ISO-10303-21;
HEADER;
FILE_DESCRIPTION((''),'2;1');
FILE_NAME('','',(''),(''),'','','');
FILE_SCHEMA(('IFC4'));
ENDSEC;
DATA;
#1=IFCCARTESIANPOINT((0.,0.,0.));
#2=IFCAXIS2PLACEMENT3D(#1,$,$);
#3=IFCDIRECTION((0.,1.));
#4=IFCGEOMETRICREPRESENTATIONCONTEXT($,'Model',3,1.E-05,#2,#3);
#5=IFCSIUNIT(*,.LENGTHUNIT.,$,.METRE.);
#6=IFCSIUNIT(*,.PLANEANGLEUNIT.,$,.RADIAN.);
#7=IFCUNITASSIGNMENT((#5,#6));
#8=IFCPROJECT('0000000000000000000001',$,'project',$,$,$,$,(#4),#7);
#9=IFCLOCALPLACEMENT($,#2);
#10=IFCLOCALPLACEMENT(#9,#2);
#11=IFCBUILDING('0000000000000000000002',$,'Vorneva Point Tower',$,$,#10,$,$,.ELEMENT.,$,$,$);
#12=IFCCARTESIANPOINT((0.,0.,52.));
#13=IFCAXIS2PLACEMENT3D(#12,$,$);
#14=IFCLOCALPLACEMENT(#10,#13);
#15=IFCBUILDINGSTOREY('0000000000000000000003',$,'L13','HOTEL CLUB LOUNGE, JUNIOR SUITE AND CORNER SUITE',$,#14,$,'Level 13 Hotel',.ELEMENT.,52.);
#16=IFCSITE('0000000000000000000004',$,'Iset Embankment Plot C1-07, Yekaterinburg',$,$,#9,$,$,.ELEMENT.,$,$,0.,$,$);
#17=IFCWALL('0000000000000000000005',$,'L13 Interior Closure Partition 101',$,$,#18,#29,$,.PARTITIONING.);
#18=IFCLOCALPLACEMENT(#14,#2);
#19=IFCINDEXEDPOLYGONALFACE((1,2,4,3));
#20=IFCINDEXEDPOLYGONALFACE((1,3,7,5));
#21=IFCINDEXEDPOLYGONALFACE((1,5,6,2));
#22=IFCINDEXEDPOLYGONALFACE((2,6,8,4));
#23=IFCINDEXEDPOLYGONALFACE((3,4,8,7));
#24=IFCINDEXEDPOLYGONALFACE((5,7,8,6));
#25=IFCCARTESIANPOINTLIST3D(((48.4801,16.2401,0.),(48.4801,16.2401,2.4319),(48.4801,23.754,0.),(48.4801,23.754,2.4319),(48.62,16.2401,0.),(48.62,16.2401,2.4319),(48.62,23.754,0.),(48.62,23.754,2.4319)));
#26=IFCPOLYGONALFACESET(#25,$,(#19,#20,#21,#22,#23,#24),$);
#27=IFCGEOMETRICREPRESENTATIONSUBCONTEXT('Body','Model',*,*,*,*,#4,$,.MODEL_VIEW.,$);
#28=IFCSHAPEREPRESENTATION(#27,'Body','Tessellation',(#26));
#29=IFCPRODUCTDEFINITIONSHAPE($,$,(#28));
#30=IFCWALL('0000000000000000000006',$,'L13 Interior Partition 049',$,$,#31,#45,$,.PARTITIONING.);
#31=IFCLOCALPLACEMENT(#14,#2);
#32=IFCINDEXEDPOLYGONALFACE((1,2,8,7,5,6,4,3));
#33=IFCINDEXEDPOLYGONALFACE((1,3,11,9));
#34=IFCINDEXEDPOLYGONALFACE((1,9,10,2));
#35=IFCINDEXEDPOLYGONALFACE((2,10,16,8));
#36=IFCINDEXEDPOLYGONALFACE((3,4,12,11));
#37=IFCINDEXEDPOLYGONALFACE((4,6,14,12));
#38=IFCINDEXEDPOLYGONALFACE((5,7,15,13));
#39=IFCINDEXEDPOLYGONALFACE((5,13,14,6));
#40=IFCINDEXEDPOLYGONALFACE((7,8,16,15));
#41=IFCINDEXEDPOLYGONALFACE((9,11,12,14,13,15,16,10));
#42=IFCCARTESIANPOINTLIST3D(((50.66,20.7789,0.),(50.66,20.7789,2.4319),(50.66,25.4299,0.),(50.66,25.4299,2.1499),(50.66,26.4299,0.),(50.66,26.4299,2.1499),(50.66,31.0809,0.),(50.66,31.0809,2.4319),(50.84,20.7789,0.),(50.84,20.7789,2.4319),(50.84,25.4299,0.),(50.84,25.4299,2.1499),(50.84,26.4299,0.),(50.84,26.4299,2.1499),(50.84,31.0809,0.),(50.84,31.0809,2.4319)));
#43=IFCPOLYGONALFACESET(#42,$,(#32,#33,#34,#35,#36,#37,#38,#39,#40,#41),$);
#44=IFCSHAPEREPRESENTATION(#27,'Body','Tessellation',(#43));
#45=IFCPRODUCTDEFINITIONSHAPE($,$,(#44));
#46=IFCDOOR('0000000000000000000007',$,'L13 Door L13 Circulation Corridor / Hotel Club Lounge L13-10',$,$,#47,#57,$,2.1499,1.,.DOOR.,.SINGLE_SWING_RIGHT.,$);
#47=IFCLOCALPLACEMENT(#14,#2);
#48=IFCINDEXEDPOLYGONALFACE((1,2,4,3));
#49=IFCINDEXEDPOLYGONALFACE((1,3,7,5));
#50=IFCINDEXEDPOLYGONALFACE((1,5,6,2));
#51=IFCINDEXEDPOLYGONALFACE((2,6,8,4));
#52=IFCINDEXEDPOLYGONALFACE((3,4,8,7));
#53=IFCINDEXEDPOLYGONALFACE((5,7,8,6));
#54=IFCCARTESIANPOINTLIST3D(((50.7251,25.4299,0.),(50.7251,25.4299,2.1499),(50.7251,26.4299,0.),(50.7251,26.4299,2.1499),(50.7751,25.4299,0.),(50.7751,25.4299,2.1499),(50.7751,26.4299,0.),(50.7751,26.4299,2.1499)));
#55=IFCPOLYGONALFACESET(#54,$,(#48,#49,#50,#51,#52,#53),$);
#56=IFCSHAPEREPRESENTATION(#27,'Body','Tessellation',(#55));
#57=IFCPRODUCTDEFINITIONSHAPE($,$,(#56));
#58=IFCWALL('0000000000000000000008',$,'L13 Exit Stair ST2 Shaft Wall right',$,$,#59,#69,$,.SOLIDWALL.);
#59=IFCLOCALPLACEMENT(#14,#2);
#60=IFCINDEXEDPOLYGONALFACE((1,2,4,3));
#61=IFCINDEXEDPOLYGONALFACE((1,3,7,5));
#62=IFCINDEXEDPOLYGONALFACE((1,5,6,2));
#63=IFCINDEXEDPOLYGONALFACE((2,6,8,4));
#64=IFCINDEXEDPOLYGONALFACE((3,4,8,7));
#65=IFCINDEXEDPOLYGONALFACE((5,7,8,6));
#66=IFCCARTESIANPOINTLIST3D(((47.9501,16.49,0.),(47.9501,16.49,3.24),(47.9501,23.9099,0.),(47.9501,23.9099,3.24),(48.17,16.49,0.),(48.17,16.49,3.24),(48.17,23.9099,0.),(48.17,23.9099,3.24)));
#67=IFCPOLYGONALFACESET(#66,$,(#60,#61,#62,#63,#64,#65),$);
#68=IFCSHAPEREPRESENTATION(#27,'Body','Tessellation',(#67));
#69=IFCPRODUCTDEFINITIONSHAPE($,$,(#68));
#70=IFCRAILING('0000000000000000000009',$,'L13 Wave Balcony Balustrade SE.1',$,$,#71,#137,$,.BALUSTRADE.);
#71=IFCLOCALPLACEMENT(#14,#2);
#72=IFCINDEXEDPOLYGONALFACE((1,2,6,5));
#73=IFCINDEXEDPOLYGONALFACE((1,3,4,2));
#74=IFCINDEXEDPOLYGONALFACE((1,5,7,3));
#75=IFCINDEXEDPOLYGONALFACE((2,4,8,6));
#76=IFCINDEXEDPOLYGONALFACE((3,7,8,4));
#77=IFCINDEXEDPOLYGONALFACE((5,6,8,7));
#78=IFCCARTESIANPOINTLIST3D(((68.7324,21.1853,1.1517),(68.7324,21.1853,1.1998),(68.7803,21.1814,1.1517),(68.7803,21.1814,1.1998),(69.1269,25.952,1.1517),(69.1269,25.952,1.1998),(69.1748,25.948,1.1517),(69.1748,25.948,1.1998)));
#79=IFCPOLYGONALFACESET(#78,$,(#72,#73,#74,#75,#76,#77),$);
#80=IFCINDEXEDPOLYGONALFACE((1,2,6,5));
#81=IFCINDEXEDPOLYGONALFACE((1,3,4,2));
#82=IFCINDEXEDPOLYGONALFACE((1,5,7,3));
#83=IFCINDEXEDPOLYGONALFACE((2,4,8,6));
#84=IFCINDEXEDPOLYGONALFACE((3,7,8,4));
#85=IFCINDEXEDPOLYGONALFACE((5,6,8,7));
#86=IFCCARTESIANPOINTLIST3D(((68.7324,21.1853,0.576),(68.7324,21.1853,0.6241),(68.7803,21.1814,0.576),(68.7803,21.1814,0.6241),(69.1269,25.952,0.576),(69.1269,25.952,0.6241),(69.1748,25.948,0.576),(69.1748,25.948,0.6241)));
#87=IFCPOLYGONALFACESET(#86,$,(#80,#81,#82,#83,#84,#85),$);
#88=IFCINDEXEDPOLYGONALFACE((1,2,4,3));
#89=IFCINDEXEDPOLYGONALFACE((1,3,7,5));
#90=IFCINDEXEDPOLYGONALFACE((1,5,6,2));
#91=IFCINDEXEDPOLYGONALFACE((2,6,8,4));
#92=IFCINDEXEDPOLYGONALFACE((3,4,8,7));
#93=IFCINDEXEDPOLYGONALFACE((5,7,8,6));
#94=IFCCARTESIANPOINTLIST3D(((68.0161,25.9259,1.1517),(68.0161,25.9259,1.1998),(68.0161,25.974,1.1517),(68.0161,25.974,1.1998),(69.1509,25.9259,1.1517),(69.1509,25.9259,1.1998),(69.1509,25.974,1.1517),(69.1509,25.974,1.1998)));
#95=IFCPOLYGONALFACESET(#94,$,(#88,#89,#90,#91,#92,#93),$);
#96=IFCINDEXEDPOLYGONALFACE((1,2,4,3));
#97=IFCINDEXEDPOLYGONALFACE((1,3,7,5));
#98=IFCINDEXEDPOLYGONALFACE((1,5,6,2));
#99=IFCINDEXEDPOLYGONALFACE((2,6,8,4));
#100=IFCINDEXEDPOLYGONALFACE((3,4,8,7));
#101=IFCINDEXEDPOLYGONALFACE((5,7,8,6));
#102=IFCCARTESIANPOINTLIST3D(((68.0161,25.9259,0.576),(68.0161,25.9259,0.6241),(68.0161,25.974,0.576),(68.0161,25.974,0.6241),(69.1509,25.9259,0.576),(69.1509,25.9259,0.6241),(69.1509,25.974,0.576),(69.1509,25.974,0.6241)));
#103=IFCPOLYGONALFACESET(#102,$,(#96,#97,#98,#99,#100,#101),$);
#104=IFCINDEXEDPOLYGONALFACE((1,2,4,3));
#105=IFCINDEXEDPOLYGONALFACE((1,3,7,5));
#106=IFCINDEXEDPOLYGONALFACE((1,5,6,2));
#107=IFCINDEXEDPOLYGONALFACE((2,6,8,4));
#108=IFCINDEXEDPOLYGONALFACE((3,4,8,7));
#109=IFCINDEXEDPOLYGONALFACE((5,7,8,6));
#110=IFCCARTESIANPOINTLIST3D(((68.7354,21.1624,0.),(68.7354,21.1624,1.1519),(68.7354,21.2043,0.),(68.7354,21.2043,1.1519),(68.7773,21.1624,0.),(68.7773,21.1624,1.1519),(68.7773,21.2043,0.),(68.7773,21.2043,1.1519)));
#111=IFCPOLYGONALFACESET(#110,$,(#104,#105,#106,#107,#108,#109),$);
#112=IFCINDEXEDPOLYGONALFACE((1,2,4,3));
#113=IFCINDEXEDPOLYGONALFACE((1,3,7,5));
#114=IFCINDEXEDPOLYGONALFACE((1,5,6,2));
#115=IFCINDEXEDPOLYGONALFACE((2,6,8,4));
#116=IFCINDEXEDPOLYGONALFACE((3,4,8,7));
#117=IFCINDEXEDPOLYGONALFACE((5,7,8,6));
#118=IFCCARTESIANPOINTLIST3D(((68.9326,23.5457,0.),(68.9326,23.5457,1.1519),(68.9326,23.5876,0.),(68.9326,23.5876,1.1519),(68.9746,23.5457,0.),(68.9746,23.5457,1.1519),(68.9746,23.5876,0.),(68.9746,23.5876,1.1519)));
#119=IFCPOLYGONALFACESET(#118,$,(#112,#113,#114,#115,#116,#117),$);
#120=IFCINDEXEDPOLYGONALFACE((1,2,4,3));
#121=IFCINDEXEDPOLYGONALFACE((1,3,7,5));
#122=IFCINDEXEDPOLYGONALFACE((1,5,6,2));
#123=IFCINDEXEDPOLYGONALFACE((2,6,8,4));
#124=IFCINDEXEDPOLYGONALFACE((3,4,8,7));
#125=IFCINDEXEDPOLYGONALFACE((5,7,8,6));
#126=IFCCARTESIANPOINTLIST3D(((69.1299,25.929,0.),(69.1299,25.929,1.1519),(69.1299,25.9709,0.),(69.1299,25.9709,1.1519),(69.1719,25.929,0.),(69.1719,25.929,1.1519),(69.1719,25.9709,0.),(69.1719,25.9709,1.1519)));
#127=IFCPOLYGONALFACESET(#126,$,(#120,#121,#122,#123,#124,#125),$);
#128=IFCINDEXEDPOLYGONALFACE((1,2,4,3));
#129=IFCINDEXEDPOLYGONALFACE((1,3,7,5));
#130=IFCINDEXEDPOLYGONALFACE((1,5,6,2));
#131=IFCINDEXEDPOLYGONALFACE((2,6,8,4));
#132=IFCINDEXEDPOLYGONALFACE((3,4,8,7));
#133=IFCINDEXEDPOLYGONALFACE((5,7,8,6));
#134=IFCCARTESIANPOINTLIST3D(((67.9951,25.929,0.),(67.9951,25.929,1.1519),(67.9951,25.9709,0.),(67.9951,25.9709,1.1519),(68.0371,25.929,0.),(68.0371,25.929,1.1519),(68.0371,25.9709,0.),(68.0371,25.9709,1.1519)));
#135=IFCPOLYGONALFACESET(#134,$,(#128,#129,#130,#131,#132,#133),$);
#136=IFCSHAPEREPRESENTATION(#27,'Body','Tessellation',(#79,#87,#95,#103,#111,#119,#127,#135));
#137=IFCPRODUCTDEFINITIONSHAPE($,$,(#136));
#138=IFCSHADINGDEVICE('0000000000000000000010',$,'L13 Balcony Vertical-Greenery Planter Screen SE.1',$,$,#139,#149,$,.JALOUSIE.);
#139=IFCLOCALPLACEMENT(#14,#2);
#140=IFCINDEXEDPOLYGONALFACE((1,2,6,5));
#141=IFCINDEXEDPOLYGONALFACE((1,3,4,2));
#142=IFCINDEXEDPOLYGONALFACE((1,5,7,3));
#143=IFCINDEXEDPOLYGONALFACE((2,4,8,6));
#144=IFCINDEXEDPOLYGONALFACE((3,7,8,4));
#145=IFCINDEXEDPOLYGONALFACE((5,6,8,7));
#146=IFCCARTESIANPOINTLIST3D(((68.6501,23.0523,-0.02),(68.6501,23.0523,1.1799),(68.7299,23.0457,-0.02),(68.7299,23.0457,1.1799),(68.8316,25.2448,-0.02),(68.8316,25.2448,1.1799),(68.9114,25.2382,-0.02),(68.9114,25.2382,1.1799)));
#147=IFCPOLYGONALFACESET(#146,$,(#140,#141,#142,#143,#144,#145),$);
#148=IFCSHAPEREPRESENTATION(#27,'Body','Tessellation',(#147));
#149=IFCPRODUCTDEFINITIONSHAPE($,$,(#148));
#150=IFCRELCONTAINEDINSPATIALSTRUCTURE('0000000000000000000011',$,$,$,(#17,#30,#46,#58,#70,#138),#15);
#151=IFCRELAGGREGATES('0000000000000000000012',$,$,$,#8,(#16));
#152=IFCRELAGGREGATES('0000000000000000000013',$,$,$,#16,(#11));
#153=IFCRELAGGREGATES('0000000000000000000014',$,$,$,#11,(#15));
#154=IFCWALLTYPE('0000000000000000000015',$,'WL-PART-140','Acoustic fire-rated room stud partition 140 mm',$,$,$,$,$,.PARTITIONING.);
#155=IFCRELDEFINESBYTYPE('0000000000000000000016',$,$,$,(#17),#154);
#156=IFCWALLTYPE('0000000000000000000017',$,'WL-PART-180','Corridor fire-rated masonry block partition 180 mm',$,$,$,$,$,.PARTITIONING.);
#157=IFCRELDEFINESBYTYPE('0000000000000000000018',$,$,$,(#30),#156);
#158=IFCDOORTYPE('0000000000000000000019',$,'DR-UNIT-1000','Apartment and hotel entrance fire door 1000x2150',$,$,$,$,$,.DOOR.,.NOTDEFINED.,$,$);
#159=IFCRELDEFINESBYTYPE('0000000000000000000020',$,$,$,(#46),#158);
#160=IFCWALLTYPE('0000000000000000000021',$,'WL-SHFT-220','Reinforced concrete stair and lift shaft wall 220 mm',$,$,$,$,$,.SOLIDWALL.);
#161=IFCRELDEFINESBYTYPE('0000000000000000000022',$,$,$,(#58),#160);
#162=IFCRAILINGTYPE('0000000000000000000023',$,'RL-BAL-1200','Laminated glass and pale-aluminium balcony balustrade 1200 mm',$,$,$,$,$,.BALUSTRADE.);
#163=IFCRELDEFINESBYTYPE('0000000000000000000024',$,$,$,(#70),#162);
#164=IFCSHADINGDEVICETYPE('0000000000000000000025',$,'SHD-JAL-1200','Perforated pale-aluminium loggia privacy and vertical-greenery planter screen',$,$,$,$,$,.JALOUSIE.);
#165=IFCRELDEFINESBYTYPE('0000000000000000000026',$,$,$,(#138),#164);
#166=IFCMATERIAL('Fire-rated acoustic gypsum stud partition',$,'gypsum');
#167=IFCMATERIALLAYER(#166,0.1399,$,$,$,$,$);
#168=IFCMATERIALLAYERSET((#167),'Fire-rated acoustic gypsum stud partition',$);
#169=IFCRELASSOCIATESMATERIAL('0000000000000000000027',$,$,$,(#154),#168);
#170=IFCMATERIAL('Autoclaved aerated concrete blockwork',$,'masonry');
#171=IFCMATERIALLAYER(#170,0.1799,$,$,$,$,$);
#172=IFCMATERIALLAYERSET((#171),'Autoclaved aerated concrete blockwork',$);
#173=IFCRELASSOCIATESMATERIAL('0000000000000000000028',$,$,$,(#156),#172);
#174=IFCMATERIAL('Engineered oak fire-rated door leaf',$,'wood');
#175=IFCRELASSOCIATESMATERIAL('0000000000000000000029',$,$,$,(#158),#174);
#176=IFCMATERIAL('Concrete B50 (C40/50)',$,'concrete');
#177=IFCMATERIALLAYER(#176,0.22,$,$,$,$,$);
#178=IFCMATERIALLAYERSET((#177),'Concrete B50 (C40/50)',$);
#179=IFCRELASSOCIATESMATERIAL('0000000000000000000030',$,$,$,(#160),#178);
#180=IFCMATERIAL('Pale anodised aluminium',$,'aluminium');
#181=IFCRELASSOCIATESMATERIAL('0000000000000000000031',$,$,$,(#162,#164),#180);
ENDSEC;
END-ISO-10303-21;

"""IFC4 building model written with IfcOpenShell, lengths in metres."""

from ifc_helpers import new_model, si_unit, direction, frame, frame_2d, origin, origin_2d, place, context, subcontext, project, spatial, rectangle, extrude, material, layer, layer_set, type_object, element, fill, save


model = new_model("IFC4")

# Units and contexts
model_context = context("Model", 3, precision=1e-05, world=origin(), true_north=direction((0.0, 1.0)))
body_context = subcontext(model_context, "Body", "Model", "MODEL_VIEW")
ifc_project = project(units=[si_unit("LENGTHUNIT", "METRE"), si_unit("PLANEANGLEUNIT", "RADIAN")], contexts=[model_context])

# Site, building, storey
site_placement = place(None, origin())
site = spatial("IfcSite", under=ifc_project, at=site_placement, Name="Iset Embankment Plot C1-07, Yekaterinburg", CompositionType="ELEMENT", RefElevation=0.0)
building_placement = place(site_placement, origin())
building = spatial("IfcBuilding", under=site, at=building_placement, Name="Vorneva Point Tower", CompositionType="ELEMENT")
storey_placement = place(building_placement, frame((0.0, 0.0, 52.0)))
storey = spatial("IfcBuildingStorey", under=building, at=storey_placement, Name="L13", Description="HOTEL CLUB LOUNGE, JUNIOR SUITE AND CORNER SUITE", LongName="Level 13 Hotel", CompositionType="ELEMENT", Elevation=52.0)

# Shared definitions
ifc_material_1 = material(Name="Pale anodised aluminium", Category="aluminium")

# Wall
ifc_material_2 = material(Name="Fire-rated acoustic gypsum stud partition", Category="gypsum")
ifc_layer_1 = layer(ifc_material_2, 0.1399)
ifc_layer_set_1 = layer_set([ifc_layer_1], Name="Fire-rated acoustic gypsum stud partition")
wall_type_1 = type_object("IfcWallType", Name="WL-PART-140", Description="Acoustic fire-rated room stud partition 140 mm", PredefinedType="PARTITIONING", material=ifc_layer_set_1)
wall_1_placement = place(storey_placement, frame((48.55, 23.7539, 0.0), z_axis=(0.0, 0.0, 1.0), x_axis=(0.0, -1.0, 0.0)))
element("IfcWall", 1, at=wall_1_placement, inside=storey, type_object=wall_type_1, Name="L13 Interior Closure Partition 101", PredefinedType="PARTITIONING", context=body_context, shape_type="SweptSolid", body=[
    extrude(rectangle(XDim=7.5139, YDim=0.1399, at=frame_2d((3.7568, 0.0))), origin(), (0.0, 0.0, 1.0), 2.4319),
])

# Wall, opening, door
ifc_material_3 = material(Name="Autoclaved aerated concrete blockwork", Category="masonry")
ifc_layer_2 = layer(ifc_material_3, 0.1799)
ifc_layer_set_2 = layer_set([ifc_layer_2], Name="Autoclaved aerated concrete blockwork")
wall_type_2 = type_object("IfcWallType", Name="WL-PART-180", Description="Corridor fire-rated masonry block partition 180 mm", PredefinedType="PARTITIONING", material=ifc_layer_set_2)
wall_2_placement = place(storey_placement, frame((50.75, 20.7791, 0.0), z_axis=(0.0, 0.0, 1.0), x_axis=(0.0, 1.0, 0.0)))
wall_2 = element("IfcWall", 2, at=wall_2_placement, inside=storey, type_object=wall_type_2, Name="L13 Interior Partition 049", PredefinedType="PARTITIONING", context=body_context, shape_type="SweptSolid", body=[
    extrude(rectangle(XDim=10.302, YDim=0.1799, at=frame_2d((5.1509, 0.0))), origin(), (0.0, 0.0, 1.0), 2.4319),
])
opening_1_placement = place(wall_2_placement, frame((4.6509, 0.0, 0.0)))
opening_1 = element("IfcOpeningElement", 3, at=opening_1_placement, cuts=wall_2, PredefinedType="OPENING", context=body_context, shape_type="SweptSolid", body=[
    extrude(rectangle(XDim=1.0, YDim=2.1499, at=frame_2d((0.5, 1.075))), frame((0.0, 0.105, 0.0), z_axis=(0.0, -1.0, 0.0), x_axis=(1.0, 0.0, 0.0)), (0.0, 0.0, 1.0), 0.2097),
])
ifc_material_4 = material(Name="Engineered oak fire-rated door leaf", Category="wood")
door_type_1 = type_object("IfcDoorType", Name="DR-UNIT-1000", Description="Apartment and hotel entrance fire door 1000x2150", OperationType="NOTDEFINED", PredefinedType="DOOR", material=ifc_material_4)
door_1_placement = place(opening_1_placement, origin())
door_1 = element("IfcDoor", 4, at=door_1_placement, inside=storey, type_object=door_type_1, Name="L13 Door L13 Circulation Corridor / Hotel Club Lounge L13-10", OperationType="SINGLE_SWING_RIGHT", OverallHeight=2.1499, OverallWidth=1.0, PredefinedType="DOOR", context=body_context, shape_type="SweptSolid", body=[
    extrude(rectangle(XDim=1.0, YDim=2.1499, at=frame_2d((0.5, 1.075))), frame((0.0, 0.0249, 0.0), z_axis=(0.0, -1.0, 0.0), x_axis=(1.0, 0.0, 0.0)), (0.0, 0.0, 1.0), 0.05),
])
fill(opening_1, door_1)

# Wall
ifc_material_5 = material(Name="Concrete B50 (C40/50)", Category="concrete")
ifc_layer_3 = layer(ifc_material_5, 0.22)
ifc_layer_set_3 = layer_set([ifc_layer_3], Name="Concrete B50 (C40/50)")
wall_type_3 = type_object("IfcWallType", Name="WL-SHFT-220", Description="Reinforced concrete stair and lift shaft wall 220 mm", PredefinedType="SOLIDWALL", material=ifc_layer_set_3)
wall_3_placement = place(storey_placement, frame((48.0601, 23.9099, 0.0), z_axis=(0.0, 0.0, 1.0), x_axis=(0.0, -1.0, 0.0)))
element("IfcWall", 5, at=wall_3_placement, inside=storey, type_object=wall_type_3, Name="L13 Exit Stair ST2 Shaft Wall right", PredefinedType="SOLIDWALL", context=body_context, shape_type="SweptSolid", body=[
    extrude(rectangle(XDim=7.4199, YDim=0.22, at=frame_2d((3.71, 0.0))), origin(), (0.0, 0.0, 1.0), 3.24),
])

# Railing
railing_type = type_object("IfcRailingType", Name="RL-BAL-1200", Description="Laminated glass and pale-aluminium balcony balustrade 1200 mm", PredefinedType="BALUSTRADE", material=ifc_material_1)
railing_placement = place(storey_placement, frame((68.7563, 21.1833, 0.0)))
element("IfcRailing", 6, at=railing_placement, inside=storey, type_object=railing_type, Name="L13 Wave Balcony Balustrade SE.1", PredefinedType="BALUSTRADE", context=body_context, shape_type="SweptSolid", body=[
    extrude(rectangle(XDim=0.0481, YDim=0.0481, at=origin_2d()), frame((0.0, 0.0, 1.1758), z_axis=(0.082488, 0.996592, 0.0), x_axis=(-0.996592, 0.082488, 0.0)), (0.0, 0.0, 1.0), 4.783),
    extrude(rectangle(XDim=0.0481, YDim=0.0481, at=origin_2d()), frame((0.0, 0.0, 0.6001), z_axis=(0.082488, 0.996592, 0.0), x_axis=(-0.996592, 0.082488, 0.0)), (0.0, 0.0, 1.0), 4.783),
    extrude(rectangle(XDim=0.0481, YDim=0.0481, at=origin_2d()), frame((0.3945, 4.7666, 1.1758), z_axis=(-1.0, 0.0, 0.0), x_axis=(0.0, -1.0, 0.0)), (0.0, 0.0, 1.0), 1.1348),
    extrude(rectangle(XDim=0.0481, YDim=0.0481, at=origin_2d()), frame((0.3945, 4.7666, 0.6001), z_axis=(-1.0, 0.0, 0.0), x_axis=(0.0, -1.0, 0.0)), (0.0, 0.0, 1.0), 1.1348),
    extrude(rectangle(XDim=0.042, YDim=0.042, at=origin_2d()), origin(), (0.0, 0.0, 1.0), 1.1519),
    extrude(rectangle(XDim=0.042, YDim=0.042, at=origin_2d()), frame((0.1973, 2.3833, 0.0)), (0.0, 0.0, 1.0), 1.1519),
    extrude(rectangle(XDim=0.042, YDim=0.042, at=origin_2d()), frame((0.3945, 4.7666, 0.0)), (0.0, 0.0, 1.0), 1.1519),
    extrude(rectangle(XDim=0.042, YDim=0.042, at=origin_2d()), frame((-0.7402, 4.7666, 0.0)), (0.0, 0.0, 1.0), 1.1519),
])

# Shading device
shading_device_type = type_object("IfcShadingDeviceType", Name="SHD-JAL-1200", Description="Perforated pale-aluminium loggia privacy and vertical-greenery planter screen", PredefinedType="JALOUSIE", material=ifc_material_1)
shading_device_placement = place(storey_placement, frame((68.7808, 24.1453, -0.02), z_axis=(0.0, 0.0, 1.0), x_axis=(0.082495, 0.996591, 0.0)))
element("IfcShadingDevice", 7, at=shading_device_placement, inside=storey, type_object=shading_device_type, Name="L13 Balcony Vertical-Greenery Planter Screen SE.1", PredefinedType="JALOUSIE", context=body_context, shape_type="SweptSolid", body=[
    extrude(rectangle(XDim=2.2, YDim=0.0801, at=origin_2d()), origin(), (0.0, 0.0, 1.0), 1.2),
])

save(model, "model.ifc")
